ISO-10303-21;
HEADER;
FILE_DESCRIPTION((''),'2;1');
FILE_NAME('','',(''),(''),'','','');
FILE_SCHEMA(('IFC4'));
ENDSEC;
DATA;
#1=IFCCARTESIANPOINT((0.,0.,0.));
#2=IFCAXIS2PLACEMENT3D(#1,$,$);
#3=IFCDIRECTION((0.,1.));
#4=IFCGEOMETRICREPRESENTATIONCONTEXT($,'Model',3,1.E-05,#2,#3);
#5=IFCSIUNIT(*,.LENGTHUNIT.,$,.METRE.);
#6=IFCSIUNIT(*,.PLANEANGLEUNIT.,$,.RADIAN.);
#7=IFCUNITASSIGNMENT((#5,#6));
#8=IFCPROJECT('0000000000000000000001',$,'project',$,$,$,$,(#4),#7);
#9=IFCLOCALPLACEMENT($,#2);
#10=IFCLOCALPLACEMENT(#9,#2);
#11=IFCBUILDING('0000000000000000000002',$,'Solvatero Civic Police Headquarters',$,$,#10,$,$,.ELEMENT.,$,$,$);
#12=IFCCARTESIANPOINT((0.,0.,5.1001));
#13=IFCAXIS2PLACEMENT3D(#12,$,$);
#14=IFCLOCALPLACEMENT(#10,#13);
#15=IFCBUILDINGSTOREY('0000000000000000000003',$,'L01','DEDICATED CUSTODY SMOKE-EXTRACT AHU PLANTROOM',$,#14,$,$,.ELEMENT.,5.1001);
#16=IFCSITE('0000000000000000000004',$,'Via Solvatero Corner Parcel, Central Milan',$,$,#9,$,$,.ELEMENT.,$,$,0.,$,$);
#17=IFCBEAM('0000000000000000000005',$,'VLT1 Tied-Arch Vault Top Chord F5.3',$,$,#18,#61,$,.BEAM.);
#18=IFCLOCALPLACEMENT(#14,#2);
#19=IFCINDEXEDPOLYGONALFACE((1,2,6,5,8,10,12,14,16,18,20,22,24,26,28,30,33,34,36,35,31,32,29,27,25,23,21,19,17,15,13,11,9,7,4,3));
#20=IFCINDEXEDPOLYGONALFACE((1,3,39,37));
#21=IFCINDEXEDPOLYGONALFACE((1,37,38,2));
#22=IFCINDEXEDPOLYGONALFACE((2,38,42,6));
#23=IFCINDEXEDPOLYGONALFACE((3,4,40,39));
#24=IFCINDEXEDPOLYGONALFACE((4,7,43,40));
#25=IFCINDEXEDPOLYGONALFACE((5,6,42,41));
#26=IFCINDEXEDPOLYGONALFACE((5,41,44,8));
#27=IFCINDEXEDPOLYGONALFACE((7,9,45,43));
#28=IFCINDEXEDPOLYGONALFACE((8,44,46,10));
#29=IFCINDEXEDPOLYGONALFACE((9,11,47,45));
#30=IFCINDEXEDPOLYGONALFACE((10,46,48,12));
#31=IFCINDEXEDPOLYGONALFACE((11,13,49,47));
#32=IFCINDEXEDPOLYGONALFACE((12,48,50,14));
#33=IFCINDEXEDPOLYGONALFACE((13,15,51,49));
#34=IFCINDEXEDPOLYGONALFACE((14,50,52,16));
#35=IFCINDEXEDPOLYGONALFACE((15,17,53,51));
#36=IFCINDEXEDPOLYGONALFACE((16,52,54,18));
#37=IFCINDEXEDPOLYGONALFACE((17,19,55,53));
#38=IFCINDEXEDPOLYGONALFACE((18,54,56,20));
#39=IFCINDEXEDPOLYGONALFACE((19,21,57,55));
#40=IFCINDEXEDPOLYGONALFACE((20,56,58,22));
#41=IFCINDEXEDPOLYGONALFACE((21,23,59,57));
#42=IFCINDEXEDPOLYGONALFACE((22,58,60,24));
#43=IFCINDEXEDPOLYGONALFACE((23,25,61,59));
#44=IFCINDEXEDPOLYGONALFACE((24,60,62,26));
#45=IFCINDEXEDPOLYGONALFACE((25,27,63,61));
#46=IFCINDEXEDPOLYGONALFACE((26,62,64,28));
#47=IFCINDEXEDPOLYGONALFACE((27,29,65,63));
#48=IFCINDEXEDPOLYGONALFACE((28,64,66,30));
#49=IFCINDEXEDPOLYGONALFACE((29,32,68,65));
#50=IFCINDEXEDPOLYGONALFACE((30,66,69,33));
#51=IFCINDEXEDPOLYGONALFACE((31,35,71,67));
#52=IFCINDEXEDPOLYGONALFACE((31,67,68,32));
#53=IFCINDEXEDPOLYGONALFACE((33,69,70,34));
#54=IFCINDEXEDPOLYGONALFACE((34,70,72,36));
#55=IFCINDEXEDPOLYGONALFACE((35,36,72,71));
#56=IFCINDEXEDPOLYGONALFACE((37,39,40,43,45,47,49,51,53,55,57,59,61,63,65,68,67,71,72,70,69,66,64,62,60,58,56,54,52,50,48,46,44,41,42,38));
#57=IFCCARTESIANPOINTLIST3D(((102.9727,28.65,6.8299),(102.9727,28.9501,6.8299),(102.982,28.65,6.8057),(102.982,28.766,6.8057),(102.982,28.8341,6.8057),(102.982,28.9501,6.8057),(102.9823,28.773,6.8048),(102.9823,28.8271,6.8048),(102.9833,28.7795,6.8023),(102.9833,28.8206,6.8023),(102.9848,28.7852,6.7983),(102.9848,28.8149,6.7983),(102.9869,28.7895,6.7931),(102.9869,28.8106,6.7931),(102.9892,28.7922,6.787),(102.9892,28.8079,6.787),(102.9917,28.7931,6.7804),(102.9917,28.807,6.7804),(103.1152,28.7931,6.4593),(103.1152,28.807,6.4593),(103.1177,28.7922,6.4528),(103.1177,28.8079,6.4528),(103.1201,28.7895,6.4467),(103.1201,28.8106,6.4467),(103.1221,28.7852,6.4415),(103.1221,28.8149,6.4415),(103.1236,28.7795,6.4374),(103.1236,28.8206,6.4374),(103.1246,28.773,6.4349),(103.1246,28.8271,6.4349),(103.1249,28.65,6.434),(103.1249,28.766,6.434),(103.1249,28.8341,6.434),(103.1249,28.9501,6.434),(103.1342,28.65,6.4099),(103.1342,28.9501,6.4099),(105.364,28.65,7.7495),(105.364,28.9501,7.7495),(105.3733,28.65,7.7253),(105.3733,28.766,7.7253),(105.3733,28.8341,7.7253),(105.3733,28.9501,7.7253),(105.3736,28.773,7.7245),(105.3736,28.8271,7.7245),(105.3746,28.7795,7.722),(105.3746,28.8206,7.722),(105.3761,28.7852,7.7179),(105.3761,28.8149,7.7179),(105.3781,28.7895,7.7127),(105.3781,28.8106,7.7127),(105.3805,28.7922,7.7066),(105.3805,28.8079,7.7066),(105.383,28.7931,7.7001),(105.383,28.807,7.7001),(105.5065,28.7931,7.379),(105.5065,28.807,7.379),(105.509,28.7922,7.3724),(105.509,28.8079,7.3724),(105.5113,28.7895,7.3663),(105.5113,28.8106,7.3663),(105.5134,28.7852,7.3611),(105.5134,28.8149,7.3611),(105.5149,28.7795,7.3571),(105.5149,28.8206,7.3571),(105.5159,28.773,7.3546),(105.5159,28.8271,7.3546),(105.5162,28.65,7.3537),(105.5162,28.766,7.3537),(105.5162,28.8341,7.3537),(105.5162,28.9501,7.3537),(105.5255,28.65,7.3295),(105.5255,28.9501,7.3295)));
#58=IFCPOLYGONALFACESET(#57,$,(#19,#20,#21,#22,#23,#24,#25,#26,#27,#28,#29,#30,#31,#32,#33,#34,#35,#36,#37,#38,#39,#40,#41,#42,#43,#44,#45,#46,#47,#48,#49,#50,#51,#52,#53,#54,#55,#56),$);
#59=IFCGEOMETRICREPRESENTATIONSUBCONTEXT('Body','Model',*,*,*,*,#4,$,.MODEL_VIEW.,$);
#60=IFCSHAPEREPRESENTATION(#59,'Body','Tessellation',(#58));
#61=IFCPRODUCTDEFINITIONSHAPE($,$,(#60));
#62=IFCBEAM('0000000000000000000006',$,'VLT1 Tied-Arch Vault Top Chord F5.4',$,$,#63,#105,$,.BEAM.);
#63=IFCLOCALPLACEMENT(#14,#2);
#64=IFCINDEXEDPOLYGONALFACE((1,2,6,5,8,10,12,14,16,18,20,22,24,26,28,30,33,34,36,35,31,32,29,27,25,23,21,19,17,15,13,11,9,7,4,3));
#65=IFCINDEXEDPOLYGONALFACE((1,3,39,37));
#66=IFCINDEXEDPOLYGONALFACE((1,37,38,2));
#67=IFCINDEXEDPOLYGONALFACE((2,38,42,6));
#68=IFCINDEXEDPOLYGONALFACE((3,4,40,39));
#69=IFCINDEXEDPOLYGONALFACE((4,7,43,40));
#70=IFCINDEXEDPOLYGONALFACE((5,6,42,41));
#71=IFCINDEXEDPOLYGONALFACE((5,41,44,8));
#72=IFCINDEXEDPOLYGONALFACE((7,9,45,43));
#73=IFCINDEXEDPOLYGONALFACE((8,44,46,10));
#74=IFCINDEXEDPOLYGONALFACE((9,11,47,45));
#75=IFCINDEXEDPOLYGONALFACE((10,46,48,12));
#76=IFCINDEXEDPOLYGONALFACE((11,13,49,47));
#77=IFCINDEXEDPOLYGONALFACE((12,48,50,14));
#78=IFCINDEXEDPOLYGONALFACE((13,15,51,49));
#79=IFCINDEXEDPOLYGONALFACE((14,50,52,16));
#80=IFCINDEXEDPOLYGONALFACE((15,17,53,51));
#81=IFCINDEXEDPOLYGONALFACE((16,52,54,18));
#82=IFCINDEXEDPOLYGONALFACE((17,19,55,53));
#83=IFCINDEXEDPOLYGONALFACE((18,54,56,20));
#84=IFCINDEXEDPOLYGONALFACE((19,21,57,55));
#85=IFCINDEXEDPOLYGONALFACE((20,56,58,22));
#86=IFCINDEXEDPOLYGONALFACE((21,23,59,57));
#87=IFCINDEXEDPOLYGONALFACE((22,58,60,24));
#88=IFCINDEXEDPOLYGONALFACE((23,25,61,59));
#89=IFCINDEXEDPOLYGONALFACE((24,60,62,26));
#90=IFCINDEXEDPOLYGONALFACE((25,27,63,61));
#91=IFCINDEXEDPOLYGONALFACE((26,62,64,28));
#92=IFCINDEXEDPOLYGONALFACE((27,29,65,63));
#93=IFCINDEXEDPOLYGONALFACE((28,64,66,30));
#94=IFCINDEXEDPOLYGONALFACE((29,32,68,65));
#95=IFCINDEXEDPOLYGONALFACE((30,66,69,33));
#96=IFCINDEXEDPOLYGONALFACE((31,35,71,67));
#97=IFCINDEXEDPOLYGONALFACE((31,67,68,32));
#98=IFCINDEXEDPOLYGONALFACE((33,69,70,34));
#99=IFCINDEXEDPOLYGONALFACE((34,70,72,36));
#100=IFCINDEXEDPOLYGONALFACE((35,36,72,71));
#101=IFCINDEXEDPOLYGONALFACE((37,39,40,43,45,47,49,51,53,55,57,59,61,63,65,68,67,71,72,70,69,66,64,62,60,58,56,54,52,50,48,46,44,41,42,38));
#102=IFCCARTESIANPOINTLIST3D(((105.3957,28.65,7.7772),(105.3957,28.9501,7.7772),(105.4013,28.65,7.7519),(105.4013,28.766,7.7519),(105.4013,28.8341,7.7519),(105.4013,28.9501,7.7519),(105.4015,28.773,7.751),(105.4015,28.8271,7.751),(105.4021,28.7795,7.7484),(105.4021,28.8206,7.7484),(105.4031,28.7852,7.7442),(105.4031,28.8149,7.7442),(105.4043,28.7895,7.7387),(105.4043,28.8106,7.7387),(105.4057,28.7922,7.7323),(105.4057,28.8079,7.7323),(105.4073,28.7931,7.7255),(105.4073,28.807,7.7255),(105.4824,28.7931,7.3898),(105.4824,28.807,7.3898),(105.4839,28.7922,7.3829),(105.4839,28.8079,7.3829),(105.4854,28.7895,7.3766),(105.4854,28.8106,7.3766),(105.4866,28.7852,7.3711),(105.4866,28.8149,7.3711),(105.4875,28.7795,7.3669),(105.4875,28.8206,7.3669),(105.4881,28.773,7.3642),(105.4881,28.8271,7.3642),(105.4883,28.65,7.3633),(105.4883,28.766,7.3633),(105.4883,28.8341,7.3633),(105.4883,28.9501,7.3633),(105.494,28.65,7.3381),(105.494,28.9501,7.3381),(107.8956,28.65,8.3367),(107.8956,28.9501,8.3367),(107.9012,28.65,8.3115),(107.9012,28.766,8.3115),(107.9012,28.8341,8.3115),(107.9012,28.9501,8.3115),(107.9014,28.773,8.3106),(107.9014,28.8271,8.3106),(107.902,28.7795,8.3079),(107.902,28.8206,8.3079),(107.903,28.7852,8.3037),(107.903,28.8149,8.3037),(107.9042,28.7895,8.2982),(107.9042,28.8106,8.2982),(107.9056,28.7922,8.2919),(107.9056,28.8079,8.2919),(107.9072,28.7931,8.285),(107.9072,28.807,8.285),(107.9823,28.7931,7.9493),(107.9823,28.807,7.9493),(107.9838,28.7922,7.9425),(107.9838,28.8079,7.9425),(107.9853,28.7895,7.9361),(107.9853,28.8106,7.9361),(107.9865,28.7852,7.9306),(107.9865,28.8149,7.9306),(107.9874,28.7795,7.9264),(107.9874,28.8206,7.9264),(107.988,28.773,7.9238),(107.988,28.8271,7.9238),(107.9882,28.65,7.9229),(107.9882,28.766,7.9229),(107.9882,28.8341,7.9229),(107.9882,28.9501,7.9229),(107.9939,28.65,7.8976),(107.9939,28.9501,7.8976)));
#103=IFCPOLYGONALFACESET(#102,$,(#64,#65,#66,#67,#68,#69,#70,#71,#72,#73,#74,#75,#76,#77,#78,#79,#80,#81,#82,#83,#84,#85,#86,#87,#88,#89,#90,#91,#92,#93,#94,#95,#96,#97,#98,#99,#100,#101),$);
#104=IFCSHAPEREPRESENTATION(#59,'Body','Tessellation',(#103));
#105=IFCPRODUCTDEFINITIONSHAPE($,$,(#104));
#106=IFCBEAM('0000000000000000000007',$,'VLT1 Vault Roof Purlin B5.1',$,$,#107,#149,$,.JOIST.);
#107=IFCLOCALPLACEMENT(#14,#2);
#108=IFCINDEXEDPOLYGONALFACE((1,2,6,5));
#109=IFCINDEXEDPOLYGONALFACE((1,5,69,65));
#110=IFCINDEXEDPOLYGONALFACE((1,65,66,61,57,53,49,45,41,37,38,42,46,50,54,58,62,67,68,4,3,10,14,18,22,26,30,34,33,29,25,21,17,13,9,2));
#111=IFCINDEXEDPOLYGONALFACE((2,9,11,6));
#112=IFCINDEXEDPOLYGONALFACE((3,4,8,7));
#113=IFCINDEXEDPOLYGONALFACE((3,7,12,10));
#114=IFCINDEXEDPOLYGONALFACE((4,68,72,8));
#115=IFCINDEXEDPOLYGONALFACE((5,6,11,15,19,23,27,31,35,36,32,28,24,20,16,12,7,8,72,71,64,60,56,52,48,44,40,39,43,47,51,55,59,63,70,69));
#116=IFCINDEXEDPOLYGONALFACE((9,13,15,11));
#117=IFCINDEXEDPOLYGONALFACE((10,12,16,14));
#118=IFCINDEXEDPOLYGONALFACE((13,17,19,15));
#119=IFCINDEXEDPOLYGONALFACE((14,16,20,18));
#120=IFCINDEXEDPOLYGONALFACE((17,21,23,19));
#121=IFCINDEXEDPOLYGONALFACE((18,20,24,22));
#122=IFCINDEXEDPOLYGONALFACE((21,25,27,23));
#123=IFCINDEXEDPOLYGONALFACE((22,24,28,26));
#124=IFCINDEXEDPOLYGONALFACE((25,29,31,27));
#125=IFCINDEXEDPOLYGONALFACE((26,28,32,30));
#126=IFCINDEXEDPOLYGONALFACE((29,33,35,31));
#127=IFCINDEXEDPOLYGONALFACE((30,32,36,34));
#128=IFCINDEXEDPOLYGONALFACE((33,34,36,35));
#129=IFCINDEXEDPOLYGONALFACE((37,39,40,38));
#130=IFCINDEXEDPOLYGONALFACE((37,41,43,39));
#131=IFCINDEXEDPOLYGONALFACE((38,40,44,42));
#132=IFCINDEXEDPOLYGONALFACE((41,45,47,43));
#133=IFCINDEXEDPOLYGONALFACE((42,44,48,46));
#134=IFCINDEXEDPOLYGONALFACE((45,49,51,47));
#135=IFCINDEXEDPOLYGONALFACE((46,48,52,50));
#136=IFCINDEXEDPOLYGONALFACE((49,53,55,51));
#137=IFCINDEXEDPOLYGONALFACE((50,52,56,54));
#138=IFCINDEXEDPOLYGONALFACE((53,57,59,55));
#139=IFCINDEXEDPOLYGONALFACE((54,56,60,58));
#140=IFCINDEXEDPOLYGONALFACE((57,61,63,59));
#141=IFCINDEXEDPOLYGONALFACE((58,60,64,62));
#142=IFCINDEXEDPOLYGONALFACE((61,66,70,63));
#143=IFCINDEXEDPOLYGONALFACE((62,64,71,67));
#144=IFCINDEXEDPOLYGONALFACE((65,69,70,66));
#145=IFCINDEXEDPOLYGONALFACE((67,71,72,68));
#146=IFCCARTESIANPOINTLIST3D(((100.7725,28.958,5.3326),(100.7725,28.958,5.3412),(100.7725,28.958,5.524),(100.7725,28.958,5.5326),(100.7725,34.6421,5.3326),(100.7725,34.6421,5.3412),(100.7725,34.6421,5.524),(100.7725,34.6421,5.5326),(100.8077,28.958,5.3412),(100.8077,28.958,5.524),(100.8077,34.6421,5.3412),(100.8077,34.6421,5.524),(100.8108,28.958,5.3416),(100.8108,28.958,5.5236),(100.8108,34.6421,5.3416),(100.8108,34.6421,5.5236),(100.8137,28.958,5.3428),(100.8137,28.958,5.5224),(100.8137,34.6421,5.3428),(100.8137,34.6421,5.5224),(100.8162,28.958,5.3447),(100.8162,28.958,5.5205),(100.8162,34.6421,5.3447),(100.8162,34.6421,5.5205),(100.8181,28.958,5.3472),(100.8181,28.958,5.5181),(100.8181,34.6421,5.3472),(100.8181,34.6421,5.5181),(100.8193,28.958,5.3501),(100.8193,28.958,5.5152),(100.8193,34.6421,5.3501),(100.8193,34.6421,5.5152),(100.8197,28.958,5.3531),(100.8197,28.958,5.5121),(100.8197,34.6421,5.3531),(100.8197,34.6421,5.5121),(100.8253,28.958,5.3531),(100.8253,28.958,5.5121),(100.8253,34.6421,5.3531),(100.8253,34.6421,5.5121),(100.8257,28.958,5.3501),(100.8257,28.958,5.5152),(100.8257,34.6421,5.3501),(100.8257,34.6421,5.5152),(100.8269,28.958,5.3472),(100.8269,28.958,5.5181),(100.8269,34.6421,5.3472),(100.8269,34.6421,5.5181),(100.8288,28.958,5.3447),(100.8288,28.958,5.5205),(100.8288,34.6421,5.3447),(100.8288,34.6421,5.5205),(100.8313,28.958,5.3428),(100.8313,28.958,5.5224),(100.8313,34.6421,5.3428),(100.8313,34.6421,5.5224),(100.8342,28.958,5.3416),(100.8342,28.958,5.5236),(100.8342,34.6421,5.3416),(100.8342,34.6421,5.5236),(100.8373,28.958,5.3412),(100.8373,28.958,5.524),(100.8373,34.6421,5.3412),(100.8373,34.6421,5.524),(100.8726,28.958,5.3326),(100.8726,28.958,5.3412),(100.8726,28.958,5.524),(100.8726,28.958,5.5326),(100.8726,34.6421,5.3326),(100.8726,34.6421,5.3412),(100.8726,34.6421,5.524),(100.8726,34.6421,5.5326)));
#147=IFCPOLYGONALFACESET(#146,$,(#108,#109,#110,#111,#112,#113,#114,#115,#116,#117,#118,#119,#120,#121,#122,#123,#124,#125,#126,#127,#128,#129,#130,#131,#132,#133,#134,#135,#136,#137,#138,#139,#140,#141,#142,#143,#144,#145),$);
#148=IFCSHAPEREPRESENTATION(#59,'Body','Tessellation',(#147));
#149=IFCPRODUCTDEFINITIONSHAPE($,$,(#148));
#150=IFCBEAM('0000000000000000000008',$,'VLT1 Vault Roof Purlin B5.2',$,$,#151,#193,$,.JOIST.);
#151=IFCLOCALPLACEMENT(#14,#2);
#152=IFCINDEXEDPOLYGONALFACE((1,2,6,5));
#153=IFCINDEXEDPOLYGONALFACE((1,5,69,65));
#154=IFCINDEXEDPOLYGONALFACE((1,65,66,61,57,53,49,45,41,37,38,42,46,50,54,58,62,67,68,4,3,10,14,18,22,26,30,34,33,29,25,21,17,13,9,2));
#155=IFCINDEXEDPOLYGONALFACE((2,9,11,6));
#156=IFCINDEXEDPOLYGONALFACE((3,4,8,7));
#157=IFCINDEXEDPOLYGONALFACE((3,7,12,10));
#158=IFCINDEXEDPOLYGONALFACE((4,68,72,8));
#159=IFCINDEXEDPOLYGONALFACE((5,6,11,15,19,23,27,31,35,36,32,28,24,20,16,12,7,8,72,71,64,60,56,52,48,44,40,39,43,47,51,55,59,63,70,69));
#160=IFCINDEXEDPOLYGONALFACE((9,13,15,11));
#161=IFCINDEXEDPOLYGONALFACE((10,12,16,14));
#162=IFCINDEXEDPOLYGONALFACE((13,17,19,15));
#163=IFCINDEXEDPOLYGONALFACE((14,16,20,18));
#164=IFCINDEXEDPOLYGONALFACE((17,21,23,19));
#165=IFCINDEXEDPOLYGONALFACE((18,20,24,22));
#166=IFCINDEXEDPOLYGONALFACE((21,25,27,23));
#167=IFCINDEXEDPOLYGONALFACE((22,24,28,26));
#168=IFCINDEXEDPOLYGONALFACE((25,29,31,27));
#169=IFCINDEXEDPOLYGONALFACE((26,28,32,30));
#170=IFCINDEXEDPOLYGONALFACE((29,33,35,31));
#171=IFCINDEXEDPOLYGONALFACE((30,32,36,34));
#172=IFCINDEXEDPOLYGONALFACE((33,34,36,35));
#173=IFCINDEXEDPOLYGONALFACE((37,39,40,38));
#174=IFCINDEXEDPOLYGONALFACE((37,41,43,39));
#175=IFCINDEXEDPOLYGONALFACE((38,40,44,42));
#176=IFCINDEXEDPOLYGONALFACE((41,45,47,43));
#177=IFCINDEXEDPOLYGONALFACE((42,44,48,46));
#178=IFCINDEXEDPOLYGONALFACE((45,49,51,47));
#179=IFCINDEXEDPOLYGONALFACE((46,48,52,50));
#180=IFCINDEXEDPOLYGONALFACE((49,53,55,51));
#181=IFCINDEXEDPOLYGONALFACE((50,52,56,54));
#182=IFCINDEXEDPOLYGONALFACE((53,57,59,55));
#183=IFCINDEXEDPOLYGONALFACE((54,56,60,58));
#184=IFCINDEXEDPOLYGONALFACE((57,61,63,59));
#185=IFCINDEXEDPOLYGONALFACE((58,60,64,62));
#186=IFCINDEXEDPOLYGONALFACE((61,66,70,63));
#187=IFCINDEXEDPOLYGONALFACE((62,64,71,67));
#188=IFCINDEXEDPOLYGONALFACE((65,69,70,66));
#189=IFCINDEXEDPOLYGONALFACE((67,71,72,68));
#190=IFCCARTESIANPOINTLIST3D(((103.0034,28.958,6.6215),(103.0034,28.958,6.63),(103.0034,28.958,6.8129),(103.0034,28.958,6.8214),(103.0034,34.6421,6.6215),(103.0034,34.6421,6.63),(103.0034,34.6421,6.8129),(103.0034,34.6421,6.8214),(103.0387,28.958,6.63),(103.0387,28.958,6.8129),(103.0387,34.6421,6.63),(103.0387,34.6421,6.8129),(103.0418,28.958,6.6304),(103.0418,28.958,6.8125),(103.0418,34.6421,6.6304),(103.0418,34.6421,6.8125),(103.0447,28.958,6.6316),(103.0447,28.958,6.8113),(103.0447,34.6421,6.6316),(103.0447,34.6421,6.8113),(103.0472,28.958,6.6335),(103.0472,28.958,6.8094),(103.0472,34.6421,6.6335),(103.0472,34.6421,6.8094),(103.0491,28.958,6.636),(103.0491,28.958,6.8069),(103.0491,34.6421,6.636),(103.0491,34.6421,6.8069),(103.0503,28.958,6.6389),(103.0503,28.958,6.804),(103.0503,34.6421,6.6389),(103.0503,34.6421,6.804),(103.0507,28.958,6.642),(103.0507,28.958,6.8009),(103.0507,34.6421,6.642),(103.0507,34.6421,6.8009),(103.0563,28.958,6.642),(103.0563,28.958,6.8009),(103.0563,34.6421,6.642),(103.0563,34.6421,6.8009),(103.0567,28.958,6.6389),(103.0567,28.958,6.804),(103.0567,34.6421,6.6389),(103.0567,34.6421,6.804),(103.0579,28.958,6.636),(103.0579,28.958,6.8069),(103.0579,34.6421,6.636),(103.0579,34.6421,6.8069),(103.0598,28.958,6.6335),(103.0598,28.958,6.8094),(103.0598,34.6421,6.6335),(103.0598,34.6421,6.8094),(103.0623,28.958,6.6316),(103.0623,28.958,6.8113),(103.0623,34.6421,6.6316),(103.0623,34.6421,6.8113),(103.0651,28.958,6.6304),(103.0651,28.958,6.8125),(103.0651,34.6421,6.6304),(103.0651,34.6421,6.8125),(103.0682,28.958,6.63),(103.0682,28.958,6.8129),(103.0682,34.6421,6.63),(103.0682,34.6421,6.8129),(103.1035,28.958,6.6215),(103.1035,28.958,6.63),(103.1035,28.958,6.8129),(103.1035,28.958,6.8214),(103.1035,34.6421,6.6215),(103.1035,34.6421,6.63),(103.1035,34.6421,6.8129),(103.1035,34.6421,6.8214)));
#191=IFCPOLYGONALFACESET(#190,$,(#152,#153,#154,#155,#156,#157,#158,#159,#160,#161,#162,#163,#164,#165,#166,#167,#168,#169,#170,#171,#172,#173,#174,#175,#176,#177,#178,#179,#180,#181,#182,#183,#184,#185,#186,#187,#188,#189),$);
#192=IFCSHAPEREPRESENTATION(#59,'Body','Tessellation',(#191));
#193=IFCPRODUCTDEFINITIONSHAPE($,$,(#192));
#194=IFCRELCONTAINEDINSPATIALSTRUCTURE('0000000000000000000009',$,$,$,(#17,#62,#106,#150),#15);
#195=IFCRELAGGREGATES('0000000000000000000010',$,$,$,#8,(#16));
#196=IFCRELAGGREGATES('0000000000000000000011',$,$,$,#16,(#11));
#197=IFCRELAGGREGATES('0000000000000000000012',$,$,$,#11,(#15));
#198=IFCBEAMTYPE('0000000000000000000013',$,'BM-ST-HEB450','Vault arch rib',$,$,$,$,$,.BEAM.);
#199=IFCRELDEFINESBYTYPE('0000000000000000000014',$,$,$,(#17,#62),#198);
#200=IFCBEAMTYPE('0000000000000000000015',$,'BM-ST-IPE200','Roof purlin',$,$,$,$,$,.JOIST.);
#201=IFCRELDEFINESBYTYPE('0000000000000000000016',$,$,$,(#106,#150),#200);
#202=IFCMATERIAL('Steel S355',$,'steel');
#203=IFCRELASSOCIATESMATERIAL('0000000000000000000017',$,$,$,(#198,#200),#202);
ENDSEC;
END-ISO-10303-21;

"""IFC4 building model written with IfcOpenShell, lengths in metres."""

from ifc_helpers import new_model, si_unit, direction, frame, origin, origin_2d, place, context, subcontext, project, spatial, i_section, extrude, material, material_profile, profile_set, type_object, element, save


model = new_model("IFC4")

# Units and contexts
model_context = context("Model", 3, precision=1e-05, world=origin(), true_north=direction((0.0, 1.0)))
body_context = subcontext(model_context, "Body", "Model", "MODEL_VIEW")
ifc_project = project(units=[si_unit("LENGTHUNIT", "METRE"), si_unit("PLANEANGLEUNIT", "RADIAN")], contexts=[model_context])

# Site, building, storey
site_placement = place(None, origin())
site = spatial("IfcSite", under=ifc_project, at=site_placement, Name="Via Solvatero Corner Parcel, Central Milan", CompositionType="ELEMENT", RefElevation=0.0)
building_placement = place(site_placement, origin())
building = spatial("IfcBuilding", under=site, at=building_placement, Name="Solvatero Civic Police Headquarters", CompositionType="ELEMENT")
storey_placement = place(building_placement, frame((0.0, 0.0, 5.1001)))
storey = spatial("IfcBuildingStorey", under=building, at=storey_placement, Name="L01", Description="DEDICATED CUSTODY SMOKE-EXTRACT AHU PLANTROOM", CompositionType="ELEMENT", Elevation=5.1001)

# Beams
ifc_material_1 = material(Name="Steel S355", Category="steel")
ifc_material_profile_1 = material_profile(ifc_material_1, i_section(OverallWidth=0.3, OverallDepth=0.45, WebThickness=0.0139, FlangeThickness=0.0259, FilletRadius=0.0271, at=origin_2d()), Name="HEB 450")
ifc_profile_set_1 = profile_set([ifc_material_profile_1], Name="Steel S355")
beam_type_1 = type_object("IfcBeamType", Name="BM-ST-HEB450", Description="Vault arch rib", PredefinedType="BEAM", material=ifc_profile_set_1)
beam_1_placement = place(storey_placement, frame((103.0535, 28.8, 6.6199), z_axis=(0.933355, 0.0, 0.358954), x_axis=(0.0, 1.0, 0.0)))
element("IfcBeam", 1, at=beam_1_placement, inside=storey, type_object=beam_type_1, Name="VLT1 Tied-Arch Vault Top Chord F5.3", PredefinedType="BEAM", context=body_context, shape_type="SweptSolid", body=[
    extrude(i_section(OverallWidth=0.3, OverallDepth=0.45, WebThickness=0.0139, FlangeThickness=0.0259, FilletRadius=0.0271, at=origin_2d()), origin(), (0.0, 0.0, 1.0), 2.562),
])
beam_2_placement = place(storey_placement, frame((105.4448, 28.8, 7.5576), z_axis=(0.975854, 0.0, 0.218424), x_axis=(0.0, 1.0, 0.0)))
element("IfcBeam", 2, at=beam_2_placement, inside=storey, type_object=beam_type_1, Name="VLT1 Tied-Arch Vault Top Chord F5.4", PredefinedType="BEAM", context=body_context, shape_type="SweptSolid", body=[
    extrude(i_section(OverallWidth=0.3, OverallDepth=0.45, WebThickness=0.0139, FlangeThickness=0.0259, FilletRadius=0.0271, at=origin_2d()), origin(), (0.0, 0.0, 1.0), 2.5618),
])
ifc_material_profile_2 = material_profile(ifc_material_1, i_section(OverallWidth=0.1001, OverallDepth=0.2, WebThickness=0.0056, FlangeThickness=0.0085, FilletRadius=0.012, at=origin_2d()), Name="IPE 200")
ifc_profile_set_2 = profile_set([ifc_material_profile_2], Name="Steel S355")
beam_type_2 = type_object("IfcBeamType", Name="BM-ST-IPE200", Description="Roof purlin", PredefinedType="JOIST", material=ifc_profile_set_2)
for number, where, z_axis, x_axis, name in (
    (3, (100.8225, 28.958, 5.4326), (0.0, 1.0, 0.0), (-1.0, 0.0, 0.0), "VLT1 Vault Roof Purlin B5.1"),
    (4, (103.0535, 28.958, 6.7214), (0.0, 1.0, 0.0), (-1.0, 0.0, 0.0), "VLT1 Vault Roof Purlin B5.2"),
):
    element("IfcBeam", number, at=place(storey_placement, frame(where, z_axis=z_axis, x_axis=x_axis)), inside=storey, type_object=beam_type_2, Name=name, PredefinedType="JOIST", context=body_context, shape_type="SweptSolid", body=[
        extrude(i_section(OverallWidth=0.1001, OverallDepth=0.2, WebThickness=0.0056, FlangeThickness=0.0085, FilletRadius=0.012, at=origin_2d()), origin(), (0.0, 0.0, 1.0), 5.6841),
    ])

save(model, "model.ifc")
